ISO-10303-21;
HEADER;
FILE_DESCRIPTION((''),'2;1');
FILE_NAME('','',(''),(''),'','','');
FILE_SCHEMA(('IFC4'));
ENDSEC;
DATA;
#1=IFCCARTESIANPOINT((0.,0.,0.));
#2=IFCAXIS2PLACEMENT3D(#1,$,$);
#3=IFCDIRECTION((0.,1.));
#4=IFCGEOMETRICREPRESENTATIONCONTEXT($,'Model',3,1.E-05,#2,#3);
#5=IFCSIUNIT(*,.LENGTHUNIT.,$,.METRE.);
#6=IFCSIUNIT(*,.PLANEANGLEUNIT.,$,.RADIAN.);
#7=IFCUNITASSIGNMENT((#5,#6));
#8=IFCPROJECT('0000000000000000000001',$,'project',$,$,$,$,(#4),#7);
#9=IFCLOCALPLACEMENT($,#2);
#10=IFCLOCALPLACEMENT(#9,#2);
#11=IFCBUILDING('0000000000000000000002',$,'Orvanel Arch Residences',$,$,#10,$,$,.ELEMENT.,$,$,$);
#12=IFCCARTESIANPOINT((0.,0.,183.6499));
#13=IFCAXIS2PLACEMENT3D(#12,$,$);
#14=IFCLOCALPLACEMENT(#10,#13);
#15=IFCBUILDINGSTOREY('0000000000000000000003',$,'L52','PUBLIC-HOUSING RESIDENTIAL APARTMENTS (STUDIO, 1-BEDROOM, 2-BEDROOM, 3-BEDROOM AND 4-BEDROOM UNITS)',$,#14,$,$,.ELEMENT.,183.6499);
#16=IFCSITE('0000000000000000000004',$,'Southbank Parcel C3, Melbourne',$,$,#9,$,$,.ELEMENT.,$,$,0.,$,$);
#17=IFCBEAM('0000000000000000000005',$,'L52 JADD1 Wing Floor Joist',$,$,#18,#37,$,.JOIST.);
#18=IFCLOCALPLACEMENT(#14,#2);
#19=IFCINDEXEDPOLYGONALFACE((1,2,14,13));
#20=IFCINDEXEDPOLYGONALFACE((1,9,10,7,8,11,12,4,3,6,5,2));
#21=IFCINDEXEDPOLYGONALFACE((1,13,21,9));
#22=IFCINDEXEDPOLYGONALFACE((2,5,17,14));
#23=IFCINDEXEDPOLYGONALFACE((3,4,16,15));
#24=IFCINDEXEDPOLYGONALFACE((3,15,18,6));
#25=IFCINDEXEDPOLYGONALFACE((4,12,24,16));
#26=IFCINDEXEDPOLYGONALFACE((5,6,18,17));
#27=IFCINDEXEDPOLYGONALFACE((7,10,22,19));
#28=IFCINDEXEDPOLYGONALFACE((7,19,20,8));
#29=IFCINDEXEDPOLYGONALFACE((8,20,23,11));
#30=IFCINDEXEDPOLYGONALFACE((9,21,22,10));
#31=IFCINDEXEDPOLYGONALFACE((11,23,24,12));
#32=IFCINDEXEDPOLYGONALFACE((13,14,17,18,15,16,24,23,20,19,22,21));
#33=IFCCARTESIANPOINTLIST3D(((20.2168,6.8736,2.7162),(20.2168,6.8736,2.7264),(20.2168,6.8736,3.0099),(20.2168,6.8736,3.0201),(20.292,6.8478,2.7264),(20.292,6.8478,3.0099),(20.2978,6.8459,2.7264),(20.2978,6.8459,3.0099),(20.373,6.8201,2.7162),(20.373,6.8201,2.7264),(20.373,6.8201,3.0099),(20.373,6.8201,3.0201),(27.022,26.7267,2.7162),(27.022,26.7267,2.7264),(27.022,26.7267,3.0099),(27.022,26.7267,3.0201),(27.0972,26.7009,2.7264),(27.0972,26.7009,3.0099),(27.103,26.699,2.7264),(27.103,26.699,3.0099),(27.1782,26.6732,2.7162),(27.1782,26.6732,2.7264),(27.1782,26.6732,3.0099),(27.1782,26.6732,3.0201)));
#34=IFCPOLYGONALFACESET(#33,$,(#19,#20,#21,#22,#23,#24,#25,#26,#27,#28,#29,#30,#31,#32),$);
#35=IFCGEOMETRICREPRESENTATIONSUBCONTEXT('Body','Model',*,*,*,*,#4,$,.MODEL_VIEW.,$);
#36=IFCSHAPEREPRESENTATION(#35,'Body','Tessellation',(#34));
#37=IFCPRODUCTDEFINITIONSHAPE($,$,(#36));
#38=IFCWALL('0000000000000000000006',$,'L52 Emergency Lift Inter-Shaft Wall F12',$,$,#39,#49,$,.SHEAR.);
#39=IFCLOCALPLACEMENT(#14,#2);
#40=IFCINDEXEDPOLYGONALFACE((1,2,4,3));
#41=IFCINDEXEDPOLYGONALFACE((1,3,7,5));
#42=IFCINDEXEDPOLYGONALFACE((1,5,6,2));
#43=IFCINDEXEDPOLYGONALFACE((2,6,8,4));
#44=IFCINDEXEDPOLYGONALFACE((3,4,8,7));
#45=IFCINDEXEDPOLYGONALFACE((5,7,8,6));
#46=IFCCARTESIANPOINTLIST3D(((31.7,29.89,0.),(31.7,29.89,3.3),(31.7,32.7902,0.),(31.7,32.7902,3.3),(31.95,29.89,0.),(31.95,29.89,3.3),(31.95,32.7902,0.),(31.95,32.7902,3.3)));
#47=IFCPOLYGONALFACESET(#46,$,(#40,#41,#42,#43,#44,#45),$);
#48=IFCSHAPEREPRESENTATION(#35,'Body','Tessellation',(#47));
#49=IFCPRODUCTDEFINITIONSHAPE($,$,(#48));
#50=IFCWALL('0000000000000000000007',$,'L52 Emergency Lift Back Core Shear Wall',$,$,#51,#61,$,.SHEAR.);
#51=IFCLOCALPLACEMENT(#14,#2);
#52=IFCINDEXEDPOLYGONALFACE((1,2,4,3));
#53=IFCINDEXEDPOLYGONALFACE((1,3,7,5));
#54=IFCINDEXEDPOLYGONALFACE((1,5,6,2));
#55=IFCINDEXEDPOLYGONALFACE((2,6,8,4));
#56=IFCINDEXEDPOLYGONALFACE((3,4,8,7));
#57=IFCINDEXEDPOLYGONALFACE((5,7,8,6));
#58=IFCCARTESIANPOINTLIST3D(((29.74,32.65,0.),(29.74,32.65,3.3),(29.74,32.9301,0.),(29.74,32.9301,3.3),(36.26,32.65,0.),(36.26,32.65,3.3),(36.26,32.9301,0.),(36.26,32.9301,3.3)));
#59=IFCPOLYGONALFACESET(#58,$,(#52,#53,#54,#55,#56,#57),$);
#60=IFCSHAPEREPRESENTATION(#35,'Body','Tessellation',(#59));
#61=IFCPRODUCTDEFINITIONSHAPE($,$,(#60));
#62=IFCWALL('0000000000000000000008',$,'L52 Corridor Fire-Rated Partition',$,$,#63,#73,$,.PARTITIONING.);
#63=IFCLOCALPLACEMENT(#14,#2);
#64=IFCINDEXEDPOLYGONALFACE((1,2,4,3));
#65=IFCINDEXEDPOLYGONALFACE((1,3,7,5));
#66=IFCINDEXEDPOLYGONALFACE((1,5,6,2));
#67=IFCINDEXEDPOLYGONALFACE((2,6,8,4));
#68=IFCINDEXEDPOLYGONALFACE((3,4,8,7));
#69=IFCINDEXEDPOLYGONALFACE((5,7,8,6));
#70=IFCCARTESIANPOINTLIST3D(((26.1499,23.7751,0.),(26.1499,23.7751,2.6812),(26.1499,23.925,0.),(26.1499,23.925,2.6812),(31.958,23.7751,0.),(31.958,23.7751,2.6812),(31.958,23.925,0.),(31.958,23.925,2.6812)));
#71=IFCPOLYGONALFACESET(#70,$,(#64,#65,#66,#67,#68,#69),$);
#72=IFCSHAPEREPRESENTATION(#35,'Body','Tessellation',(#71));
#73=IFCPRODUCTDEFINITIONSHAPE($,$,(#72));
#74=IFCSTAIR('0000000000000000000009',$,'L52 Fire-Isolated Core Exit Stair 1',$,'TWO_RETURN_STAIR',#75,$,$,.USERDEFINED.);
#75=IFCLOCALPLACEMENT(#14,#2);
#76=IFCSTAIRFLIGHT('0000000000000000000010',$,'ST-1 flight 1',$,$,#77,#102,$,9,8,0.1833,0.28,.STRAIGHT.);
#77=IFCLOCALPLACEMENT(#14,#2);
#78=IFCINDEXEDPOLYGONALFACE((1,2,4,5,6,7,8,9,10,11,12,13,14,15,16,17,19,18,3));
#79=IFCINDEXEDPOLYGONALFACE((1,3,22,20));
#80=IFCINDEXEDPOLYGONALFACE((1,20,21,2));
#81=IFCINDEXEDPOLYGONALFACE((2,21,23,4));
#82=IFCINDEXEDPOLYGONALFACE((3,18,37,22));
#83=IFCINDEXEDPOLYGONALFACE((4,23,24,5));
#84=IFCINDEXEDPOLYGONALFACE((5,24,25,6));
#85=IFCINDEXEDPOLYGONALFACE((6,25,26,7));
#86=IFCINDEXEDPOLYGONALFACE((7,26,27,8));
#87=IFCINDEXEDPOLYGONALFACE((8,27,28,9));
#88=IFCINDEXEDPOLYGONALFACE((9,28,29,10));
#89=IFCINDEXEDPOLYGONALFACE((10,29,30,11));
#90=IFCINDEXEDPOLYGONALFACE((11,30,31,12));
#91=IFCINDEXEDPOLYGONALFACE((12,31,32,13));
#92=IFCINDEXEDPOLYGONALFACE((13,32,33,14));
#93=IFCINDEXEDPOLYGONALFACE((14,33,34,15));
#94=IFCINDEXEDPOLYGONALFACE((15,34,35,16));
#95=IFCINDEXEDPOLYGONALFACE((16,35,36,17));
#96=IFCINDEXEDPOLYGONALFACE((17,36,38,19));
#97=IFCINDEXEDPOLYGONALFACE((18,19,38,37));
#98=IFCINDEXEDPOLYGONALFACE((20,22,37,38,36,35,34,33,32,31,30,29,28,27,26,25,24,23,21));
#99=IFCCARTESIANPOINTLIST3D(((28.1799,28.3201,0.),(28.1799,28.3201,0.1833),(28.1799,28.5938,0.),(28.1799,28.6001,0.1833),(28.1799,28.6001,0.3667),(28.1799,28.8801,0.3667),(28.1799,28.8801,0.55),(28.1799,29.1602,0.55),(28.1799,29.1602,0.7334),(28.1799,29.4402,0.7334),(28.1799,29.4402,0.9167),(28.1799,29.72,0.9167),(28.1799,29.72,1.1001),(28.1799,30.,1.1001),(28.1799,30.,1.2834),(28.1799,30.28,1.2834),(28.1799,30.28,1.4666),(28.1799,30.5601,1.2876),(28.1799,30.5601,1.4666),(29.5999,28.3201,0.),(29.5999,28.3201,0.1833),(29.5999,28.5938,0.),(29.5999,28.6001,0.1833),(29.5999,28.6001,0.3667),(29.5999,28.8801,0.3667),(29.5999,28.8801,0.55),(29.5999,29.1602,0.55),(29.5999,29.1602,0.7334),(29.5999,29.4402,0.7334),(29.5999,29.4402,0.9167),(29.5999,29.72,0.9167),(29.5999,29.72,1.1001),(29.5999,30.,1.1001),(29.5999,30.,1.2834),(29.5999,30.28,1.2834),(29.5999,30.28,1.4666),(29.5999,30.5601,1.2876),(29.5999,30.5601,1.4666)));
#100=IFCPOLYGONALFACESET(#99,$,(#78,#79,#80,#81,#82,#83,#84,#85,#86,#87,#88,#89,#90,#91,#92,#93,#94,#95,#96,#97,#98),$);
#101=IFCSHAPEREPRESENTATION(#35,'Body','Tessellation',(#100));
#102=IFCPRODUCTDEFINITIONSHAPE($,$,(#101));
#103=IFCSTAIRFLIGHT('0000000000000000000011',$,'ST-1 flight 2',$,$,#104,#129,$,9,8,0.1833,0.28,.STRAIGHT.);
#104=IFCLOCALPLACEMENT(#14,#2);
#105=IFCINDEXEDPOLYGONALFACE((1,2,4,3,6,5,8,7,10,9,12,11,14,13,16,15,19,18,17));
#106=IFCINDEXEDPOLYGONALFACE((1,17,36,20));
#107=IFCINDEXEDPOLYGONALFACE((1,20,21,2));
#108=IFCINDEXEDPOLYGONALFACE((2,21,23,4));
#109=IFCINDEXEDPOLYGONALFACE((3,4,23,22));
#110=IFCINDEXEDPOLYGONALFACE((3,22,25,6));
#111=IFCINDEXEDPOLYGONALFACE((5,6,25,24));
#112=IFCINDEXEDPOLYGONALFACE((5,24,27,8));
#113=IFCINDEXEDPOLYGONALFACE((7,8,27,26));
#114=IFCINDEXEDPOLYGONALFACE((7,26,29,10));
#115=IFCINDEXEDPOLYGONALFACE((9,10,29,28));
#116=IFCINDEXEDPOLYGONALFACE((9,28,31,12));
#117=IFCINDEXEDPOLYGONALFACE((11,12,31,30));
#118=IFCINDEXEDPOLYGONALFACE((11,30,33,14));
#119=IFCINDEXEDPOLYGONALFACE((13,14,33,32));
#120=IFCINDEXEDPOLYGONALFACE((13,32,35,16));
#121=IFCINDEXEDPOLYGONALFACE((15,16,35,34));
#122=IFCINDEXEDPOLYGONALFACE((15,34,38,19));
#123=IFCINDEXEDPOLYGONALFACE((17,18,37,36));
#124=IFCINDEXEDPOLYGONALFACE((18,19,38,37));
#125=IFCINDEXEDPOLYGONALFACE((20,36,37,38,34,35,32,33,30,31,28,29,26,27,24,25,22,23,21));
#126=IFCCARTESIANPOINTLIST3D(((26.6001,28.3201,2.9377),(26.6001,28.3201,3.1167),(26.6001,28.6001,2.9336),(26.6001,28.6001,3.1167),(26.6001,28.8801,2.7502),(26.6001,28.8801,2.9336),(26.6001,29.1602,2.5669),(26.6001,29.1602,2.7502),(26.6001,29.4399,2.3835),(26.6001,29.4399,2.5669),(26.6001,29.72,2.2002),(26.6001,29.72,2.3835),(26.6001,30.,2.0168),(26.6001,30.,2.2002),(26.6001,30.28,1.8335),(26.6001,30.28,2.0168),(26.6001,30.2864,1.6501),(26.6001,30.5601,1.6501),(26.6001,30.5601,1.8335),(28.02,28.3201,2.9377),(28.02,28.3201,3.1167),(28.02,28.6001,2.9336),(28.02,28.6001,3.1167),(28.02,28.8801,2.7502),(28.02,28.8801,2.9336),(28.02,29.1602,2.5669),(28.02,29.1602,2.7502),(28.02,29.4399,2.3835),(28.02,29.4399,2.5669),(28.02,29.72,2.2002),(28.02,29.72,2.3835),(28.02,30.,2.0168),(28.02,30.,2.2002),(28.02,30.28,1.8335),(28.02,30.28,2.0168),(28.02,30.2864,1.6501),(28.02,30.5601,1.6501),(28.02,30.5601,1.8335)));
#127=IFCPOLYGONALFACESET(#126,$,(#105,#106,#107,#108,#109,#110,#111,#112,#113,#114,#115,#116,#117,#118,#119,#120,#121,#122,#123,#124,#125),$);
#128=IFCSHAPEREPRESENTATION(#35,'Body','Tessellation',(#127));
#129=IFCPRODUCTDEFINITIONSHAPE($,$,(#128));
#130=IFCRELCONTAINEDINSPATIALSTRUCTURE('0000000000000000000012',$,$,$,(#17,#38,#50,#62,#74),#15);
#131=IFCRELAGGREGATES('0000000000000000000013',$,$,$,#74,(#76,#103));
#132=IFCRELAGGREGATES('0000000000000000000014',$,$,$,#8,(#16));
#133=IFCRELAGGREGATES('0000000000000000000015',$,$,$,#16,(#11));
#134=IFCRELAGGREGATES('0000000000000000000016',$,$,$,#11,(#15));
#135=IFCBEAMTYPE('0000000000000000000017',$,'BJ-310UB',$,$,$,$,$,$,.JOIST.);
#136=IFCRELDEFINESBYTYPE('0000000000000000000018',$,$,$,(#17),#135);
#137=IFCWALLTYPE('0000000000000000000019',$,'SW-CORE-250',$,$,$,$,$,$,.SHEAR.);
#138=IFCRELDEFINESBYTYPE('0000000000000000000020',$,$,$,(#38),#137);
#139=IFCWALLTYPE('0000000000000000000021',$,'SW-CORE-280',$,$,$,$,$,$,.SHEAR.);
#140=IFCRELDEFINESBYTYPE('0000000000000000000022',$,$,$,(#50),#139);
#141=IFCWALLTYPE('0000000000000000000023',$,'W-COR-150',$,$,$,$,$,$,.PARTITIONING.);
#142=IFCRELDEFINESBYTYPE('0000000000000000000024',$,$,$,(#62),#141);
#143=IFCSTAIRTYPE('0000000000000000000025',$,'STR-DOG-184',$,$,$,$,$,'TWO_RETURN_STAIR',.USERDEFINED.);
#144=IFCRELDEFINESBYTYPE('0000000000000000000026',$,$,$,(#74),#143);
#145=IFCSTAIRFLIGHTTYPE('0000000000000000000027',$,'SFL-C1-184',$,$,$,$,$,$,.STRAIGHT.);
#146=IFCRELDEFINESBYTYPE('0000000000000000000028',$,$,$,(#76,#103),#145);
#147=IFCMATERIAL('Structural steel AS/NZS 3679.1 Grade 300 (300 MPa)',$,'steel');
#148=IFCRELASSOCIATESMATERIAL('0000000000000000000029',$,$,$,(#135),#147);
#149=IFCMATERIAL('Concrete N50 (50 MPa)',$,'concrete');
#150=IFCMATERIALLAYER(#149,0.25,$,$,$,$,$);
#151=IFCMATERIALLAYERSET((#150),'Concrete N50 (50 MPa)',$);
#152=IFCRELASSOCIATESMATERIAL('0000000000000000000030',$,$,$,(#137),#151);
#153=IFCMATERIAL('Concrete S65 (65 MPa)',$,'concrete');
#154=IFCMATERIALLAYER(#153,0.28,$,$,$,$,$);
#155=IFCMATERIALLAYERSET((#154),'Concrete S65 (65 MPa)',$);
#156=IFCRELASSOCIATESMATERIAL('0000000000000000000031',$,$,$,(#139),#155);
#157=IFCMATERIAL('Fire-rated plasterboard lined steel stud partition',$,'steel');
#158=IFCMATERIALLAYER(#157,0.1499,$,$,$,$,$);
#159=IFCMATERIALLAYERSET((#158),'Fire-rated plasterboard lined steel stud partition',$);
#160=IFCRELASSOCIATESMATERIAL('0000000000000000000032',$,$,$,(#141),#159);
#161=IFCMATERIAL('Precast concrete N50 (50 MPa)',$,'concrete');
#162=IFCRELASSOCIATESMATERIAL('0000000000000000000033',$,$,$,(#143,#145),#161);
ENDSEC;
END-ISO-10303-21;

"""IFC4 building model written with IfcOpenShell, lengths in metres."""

from ifc_helpers import new_model, si_unit, direction, frame, frame_2d, origin, origin_2d, place, context, subcontext, project, spatial, polyline, rectangle, i_section, outline, extrude, material, layer, layer_set, material_profile, profile_set, type_object, element, aggregate, save


model = new_model("IFC4")

# Units and contexts
model_context = context("Model", 3, precision=1e-05, world=origin(), true_north=direction((0.0, 1.0)))
body_context = subcontext(model_context, "Body", "Model", "MODEL_VIEW")
ifc_project = project(units=[si_unit("LENGTHUNIT", "METRE"), si_unit("PLANEANGLEUNIT", "RADIAN")], contexts=[model_context])

# Site, building, storey
site_placement = place(None, origin())
site = spatial("IfcSite", under=ifc_project, at=site_placement, Name="Southbank Parcel C3, Melbourne", CompositionType="ELEMENT", RefElevation=0.0)
building_placement = place(site_placement, origin())
building = spatial("IfcBuilding", under=site, at=building_placement, Name="Orvanel Arch Residences", CompositionType="ELEMENT")
storey_placement = place(building_placement, frame((0.0, 0.0, 183.6499)))
storey = spatial("IfcBuildingStorey", under=building, at=storey_placement, Name="L52", Description="PUBLIC-HOUSING RESIDENTIAL APARTMENTS (STUDIO, 1-BEDROOM, 2-BEDROOM, 3-BEDROOM AND 4-BEDROOM UNITS)", CompositionType="ELEMENT", Elevation=183.6499)

# Beam
ifc_material_1 = material(Name="Structural steel AS/NZS 3679.1 Grade 300 (300 MPa)", Category="steel")
ifc_material_profile_1 = material_profile(ifc_material_1, i_section(OverallWidth=0.165, OverallDepth=0.304, WebThickness=0.0061, FlangeThickness=0.0103, at=origin_2d()), Name="310UB40.4")
ifc_profile_set_1 = profile_set([ifc_material_profile_1], Name="Structural steel AS/NZS 3679.1 Grade 300 (300 MPa)")
beam_type_1 = type_object("IfcBeamType", Name="BJ-310UB", PredefinedType="JOIST", material=ifc_profile_set_1)
beam_1_placement = place(storey_placement, frame((27.1001, 26.7, 2.8682), z_axis=(-0.324257, -0.945969, 0.0), x_axis=(0.945969, -0.324257, 0.0)))
element("IfcBeam", 1, at=beam_1_placement, inside=storey, type_object=beam_type_1, Name="L52 JADD1 Wing Floor Joist", PredefinedType="JOIST", context=body_context, shape_type="SweptSolid", body=[
    extrude(i_section(OverallWidth=0.165, OverallDepth=0.304, WebThickness=0.0061, FlangeThickness=0.0103, at=origin_2d()), origin(), (0.0, 0.0, 1.0), 20.9871),
])

# Wall
ifc_material_2 = material(Name="Concrete N50 (50 MPa)", Category="concrete")
ifc_layer_1 = layer(ifc_material_2, 0.25)
ifc_layer_set_1 = layer_set([ifc_layer_1], Name="Concrete N50 (50 MPa)")
wall_type_1 = type_object("IfcWallType", Name="SW-CORE-250", PredefinedType="SHEAR", material=ifc_layer_set_1)
wall_1_placement = place(storey_placement, frame((31.825, 29.8899, 0.0), z_axis=(0.0, 0.0, 1.0), x_axis=(0.0, 1.0, 0.0)))
element("IfcWall", 2, at=wall_1_placement, inside=storey, type_object=wall_type_1, Name="L52 Emergency Lift Inter-Shaft Wall F12", PredefinedType="SHEAR", context=body_context, shape_type="SweptSolid", body=[
    extrude(rectangle(XDim=2.9001, YDim=0.25, at=frame_2d((1.4502, 0.0))), origin(), (0.0, 0.0, 1.0), 3.3),
])

# Shared definitions
ifc_material_3 = material(Name="Concrete S65 (65 MPa)", Category="concrete")
ifc_layer_2 = layer(ifc_material_3, 0.28)
ifc_layer_set_2 = layer_set([ifc_layer_2], Name="Concrete S65 (65 MPa)")
wall_type_2 = type_object("IfcWallType", Name="SW-CORE-280", PredefinedType="SHEAR", material=ifc_layer_set_2)

# Walls
wall_2_placement = place(storey_placement, frame((29.74, 32.79, 0.0), z_axis=(0.0, 0.0, 1.0), x_axis=(1.0, 0.0, 0.0)))
element("IfcWall", 3, at=wall_2_placement, inside=storey, type_object=wall_type_2, Name="L52 Emergency Lift Back Core Shear Wall", PredefinedType="SHEAR", context=body_context, shape_type="SweptSolid", body=[
    extrude(rectangle(XDim=6.52, YDim=0.28, at=frame_2d((3.26, 0.0))), origin(), (0.0, 0.0, 1.0), 3.3),
])
ifc_material_4 = material(Name="Fire-rated plasterboard lined steel stud partition", Category="steel")
ifc_layer_3 = layer(ifc_material_4, 0.1499)
ifc_layer_set_3 = layer_set([ifc_layer_3], Name="Fire-rated plasterboard lined steel stud partition")
wall_type_3 = type_object("IfcWallType", Name="W-COR-150", PredefinedType="PARTITIONING", material=ifc_layer_set_3)
wall_3_placement = place(storey_placement, frame((31.958, 23.8501, 0.0), z_axis=(0.0, 0.0, 1.0), x_axis=(-1.0, 0.0, 0.0)))
element("IfcWall", 4, at=wall_3_placement, inside=storey, type_object=wall_type_3, Name="L52 Corridor Fire-Rated Partition", PredefinedType="PARTITIONING", context=body_context, shape_type="SweptSolid", body=[
    extrude(rectangle(XDim=5.8081, YDim=0.1499, at=frame_2d((2.9041, 0.0))), origin(), (0.0, 0.0, 1.0), 2.6812),
])

# Stair, stair flights
ifc_material_5 = material(Name="Precast concrete N50 (50 MPa)", Category="concrete")
stair_type = type_object("IfcStairType", Name="STR-DOG-184", ElementType="TWO_RETURN_STAIR", PredefinedType="USERDEFINED", material=ifc_material_5)
stair_placement = place(storey_placement, origin())
stair = element("IfcStair", 5, at=stair_placement, inside=storey, type_object=stair_type, Name="L52 Fire-Isolated Core Exit Stair 1", ObjectType="TWO_RETURN_STAIR", PredefinedType="USERDEFINED")
stair_flight_type = type_object("IfcStairFlightType", Name="SFL-C1-184", PredefinedType="STRAIGHT", material=ifc_material_5)
stair_flight_1_placement = place(storey_placement, frame((28.8899, 28.3201, 0.0), z_axis=(0.0, 0.0, 1.0), x_axis=(0.0, 1.0, 0.0)))
stair_flight_1 = element("IfcStairFlight", 6, at=stair_flight_1_placement, type_object=stair_flight_type, Name="ST-1 flight 1", NumberOfRisers=9, NumberOfTreads=8, PredefinedType="STRAIGHT", RiserHeight=0.1833, TreadLength=0.28, context=body_context, shape_type="SweptSolid", body=[
    extrude(outline(polyline([(0.0, 0.0), (0.0, 0.1833), (0.28, 0.1833), (0.28, 0.3667), (0.5601, 0.3667), (0.5601, 0.55), (0.8401, 0.55), (0.8401, 0.7334), (1.1201, 0.7334), (1.1201, 0.9167), (1.3999, 0.9167), (1.3999, 1.1001), (1.6799, 1.1001), (1.6799, 1.2834), (1.96, 1.2834), (1.96, 1.4666), (2.24, 1.4666), (2.24, 1.6499), (2.24, 1.2876), (0.2737, 0.0), (0.0, 0.0)])), frame((0.0, 0.71, 0.0), z_axis=(0.0, -1.0, 0.0), x_axis=(1.0, 0.0, 0.0)), (0.0, 0.0, 1.0), 1.4199),
])
stair_flight_2_placement = place(storey_placement, frame((27.3101, 30.5601, 1.6501), z_axis=(0.0, 0.0, 1.0), x_axis=(0.0, -1.0, 0.0)))
stair_flight_2 = element("IfcStairFlight", 7, at=stair_flight_2_placement, type_object=stair_flight_type, Name="ST-1 flight 2", NumberOfRisers=9, NumberOfTreads=8, PredefinedType="STRAIGHT", RiserHeight=0.1833, TreadLength=0.28, context=body_context, shape_type="SweptSolid", body=[
    extrude(outline(polyline([(0.0, 0.0), (0.0, 0.1833), (0.28, 0.1833), (0.28, 0.3667), (0.5601, 0.3667), (0.5601, 0.55), (0.8401, 0.55), (0.8401, 0.7334), (1.1201, 0.7334), (1.1201, 0.9167), (1.3999, 0.9167), (1.3999, 1.1001), (1.6799, 1.1001), (1.6799, 1.2834), (1.96, 1.2834), (1.96, 1.4666), (2.24, 1.4666), (2.24, 1.6499), (2.24, 1.2876), (0.2737, 0.0), (0.0, 0.0)])), frame((0.0, 0.71, 0.0), z_axis=(0.0, -1.0, 0.0), x_axis=(1.0, 0.0, 0.0)), (0.0, 0.0, 1.0), 1.4199),
])
aggregate(stair, [stair_flight_1, stair_flight_2])

save(model, "model.ifc")
